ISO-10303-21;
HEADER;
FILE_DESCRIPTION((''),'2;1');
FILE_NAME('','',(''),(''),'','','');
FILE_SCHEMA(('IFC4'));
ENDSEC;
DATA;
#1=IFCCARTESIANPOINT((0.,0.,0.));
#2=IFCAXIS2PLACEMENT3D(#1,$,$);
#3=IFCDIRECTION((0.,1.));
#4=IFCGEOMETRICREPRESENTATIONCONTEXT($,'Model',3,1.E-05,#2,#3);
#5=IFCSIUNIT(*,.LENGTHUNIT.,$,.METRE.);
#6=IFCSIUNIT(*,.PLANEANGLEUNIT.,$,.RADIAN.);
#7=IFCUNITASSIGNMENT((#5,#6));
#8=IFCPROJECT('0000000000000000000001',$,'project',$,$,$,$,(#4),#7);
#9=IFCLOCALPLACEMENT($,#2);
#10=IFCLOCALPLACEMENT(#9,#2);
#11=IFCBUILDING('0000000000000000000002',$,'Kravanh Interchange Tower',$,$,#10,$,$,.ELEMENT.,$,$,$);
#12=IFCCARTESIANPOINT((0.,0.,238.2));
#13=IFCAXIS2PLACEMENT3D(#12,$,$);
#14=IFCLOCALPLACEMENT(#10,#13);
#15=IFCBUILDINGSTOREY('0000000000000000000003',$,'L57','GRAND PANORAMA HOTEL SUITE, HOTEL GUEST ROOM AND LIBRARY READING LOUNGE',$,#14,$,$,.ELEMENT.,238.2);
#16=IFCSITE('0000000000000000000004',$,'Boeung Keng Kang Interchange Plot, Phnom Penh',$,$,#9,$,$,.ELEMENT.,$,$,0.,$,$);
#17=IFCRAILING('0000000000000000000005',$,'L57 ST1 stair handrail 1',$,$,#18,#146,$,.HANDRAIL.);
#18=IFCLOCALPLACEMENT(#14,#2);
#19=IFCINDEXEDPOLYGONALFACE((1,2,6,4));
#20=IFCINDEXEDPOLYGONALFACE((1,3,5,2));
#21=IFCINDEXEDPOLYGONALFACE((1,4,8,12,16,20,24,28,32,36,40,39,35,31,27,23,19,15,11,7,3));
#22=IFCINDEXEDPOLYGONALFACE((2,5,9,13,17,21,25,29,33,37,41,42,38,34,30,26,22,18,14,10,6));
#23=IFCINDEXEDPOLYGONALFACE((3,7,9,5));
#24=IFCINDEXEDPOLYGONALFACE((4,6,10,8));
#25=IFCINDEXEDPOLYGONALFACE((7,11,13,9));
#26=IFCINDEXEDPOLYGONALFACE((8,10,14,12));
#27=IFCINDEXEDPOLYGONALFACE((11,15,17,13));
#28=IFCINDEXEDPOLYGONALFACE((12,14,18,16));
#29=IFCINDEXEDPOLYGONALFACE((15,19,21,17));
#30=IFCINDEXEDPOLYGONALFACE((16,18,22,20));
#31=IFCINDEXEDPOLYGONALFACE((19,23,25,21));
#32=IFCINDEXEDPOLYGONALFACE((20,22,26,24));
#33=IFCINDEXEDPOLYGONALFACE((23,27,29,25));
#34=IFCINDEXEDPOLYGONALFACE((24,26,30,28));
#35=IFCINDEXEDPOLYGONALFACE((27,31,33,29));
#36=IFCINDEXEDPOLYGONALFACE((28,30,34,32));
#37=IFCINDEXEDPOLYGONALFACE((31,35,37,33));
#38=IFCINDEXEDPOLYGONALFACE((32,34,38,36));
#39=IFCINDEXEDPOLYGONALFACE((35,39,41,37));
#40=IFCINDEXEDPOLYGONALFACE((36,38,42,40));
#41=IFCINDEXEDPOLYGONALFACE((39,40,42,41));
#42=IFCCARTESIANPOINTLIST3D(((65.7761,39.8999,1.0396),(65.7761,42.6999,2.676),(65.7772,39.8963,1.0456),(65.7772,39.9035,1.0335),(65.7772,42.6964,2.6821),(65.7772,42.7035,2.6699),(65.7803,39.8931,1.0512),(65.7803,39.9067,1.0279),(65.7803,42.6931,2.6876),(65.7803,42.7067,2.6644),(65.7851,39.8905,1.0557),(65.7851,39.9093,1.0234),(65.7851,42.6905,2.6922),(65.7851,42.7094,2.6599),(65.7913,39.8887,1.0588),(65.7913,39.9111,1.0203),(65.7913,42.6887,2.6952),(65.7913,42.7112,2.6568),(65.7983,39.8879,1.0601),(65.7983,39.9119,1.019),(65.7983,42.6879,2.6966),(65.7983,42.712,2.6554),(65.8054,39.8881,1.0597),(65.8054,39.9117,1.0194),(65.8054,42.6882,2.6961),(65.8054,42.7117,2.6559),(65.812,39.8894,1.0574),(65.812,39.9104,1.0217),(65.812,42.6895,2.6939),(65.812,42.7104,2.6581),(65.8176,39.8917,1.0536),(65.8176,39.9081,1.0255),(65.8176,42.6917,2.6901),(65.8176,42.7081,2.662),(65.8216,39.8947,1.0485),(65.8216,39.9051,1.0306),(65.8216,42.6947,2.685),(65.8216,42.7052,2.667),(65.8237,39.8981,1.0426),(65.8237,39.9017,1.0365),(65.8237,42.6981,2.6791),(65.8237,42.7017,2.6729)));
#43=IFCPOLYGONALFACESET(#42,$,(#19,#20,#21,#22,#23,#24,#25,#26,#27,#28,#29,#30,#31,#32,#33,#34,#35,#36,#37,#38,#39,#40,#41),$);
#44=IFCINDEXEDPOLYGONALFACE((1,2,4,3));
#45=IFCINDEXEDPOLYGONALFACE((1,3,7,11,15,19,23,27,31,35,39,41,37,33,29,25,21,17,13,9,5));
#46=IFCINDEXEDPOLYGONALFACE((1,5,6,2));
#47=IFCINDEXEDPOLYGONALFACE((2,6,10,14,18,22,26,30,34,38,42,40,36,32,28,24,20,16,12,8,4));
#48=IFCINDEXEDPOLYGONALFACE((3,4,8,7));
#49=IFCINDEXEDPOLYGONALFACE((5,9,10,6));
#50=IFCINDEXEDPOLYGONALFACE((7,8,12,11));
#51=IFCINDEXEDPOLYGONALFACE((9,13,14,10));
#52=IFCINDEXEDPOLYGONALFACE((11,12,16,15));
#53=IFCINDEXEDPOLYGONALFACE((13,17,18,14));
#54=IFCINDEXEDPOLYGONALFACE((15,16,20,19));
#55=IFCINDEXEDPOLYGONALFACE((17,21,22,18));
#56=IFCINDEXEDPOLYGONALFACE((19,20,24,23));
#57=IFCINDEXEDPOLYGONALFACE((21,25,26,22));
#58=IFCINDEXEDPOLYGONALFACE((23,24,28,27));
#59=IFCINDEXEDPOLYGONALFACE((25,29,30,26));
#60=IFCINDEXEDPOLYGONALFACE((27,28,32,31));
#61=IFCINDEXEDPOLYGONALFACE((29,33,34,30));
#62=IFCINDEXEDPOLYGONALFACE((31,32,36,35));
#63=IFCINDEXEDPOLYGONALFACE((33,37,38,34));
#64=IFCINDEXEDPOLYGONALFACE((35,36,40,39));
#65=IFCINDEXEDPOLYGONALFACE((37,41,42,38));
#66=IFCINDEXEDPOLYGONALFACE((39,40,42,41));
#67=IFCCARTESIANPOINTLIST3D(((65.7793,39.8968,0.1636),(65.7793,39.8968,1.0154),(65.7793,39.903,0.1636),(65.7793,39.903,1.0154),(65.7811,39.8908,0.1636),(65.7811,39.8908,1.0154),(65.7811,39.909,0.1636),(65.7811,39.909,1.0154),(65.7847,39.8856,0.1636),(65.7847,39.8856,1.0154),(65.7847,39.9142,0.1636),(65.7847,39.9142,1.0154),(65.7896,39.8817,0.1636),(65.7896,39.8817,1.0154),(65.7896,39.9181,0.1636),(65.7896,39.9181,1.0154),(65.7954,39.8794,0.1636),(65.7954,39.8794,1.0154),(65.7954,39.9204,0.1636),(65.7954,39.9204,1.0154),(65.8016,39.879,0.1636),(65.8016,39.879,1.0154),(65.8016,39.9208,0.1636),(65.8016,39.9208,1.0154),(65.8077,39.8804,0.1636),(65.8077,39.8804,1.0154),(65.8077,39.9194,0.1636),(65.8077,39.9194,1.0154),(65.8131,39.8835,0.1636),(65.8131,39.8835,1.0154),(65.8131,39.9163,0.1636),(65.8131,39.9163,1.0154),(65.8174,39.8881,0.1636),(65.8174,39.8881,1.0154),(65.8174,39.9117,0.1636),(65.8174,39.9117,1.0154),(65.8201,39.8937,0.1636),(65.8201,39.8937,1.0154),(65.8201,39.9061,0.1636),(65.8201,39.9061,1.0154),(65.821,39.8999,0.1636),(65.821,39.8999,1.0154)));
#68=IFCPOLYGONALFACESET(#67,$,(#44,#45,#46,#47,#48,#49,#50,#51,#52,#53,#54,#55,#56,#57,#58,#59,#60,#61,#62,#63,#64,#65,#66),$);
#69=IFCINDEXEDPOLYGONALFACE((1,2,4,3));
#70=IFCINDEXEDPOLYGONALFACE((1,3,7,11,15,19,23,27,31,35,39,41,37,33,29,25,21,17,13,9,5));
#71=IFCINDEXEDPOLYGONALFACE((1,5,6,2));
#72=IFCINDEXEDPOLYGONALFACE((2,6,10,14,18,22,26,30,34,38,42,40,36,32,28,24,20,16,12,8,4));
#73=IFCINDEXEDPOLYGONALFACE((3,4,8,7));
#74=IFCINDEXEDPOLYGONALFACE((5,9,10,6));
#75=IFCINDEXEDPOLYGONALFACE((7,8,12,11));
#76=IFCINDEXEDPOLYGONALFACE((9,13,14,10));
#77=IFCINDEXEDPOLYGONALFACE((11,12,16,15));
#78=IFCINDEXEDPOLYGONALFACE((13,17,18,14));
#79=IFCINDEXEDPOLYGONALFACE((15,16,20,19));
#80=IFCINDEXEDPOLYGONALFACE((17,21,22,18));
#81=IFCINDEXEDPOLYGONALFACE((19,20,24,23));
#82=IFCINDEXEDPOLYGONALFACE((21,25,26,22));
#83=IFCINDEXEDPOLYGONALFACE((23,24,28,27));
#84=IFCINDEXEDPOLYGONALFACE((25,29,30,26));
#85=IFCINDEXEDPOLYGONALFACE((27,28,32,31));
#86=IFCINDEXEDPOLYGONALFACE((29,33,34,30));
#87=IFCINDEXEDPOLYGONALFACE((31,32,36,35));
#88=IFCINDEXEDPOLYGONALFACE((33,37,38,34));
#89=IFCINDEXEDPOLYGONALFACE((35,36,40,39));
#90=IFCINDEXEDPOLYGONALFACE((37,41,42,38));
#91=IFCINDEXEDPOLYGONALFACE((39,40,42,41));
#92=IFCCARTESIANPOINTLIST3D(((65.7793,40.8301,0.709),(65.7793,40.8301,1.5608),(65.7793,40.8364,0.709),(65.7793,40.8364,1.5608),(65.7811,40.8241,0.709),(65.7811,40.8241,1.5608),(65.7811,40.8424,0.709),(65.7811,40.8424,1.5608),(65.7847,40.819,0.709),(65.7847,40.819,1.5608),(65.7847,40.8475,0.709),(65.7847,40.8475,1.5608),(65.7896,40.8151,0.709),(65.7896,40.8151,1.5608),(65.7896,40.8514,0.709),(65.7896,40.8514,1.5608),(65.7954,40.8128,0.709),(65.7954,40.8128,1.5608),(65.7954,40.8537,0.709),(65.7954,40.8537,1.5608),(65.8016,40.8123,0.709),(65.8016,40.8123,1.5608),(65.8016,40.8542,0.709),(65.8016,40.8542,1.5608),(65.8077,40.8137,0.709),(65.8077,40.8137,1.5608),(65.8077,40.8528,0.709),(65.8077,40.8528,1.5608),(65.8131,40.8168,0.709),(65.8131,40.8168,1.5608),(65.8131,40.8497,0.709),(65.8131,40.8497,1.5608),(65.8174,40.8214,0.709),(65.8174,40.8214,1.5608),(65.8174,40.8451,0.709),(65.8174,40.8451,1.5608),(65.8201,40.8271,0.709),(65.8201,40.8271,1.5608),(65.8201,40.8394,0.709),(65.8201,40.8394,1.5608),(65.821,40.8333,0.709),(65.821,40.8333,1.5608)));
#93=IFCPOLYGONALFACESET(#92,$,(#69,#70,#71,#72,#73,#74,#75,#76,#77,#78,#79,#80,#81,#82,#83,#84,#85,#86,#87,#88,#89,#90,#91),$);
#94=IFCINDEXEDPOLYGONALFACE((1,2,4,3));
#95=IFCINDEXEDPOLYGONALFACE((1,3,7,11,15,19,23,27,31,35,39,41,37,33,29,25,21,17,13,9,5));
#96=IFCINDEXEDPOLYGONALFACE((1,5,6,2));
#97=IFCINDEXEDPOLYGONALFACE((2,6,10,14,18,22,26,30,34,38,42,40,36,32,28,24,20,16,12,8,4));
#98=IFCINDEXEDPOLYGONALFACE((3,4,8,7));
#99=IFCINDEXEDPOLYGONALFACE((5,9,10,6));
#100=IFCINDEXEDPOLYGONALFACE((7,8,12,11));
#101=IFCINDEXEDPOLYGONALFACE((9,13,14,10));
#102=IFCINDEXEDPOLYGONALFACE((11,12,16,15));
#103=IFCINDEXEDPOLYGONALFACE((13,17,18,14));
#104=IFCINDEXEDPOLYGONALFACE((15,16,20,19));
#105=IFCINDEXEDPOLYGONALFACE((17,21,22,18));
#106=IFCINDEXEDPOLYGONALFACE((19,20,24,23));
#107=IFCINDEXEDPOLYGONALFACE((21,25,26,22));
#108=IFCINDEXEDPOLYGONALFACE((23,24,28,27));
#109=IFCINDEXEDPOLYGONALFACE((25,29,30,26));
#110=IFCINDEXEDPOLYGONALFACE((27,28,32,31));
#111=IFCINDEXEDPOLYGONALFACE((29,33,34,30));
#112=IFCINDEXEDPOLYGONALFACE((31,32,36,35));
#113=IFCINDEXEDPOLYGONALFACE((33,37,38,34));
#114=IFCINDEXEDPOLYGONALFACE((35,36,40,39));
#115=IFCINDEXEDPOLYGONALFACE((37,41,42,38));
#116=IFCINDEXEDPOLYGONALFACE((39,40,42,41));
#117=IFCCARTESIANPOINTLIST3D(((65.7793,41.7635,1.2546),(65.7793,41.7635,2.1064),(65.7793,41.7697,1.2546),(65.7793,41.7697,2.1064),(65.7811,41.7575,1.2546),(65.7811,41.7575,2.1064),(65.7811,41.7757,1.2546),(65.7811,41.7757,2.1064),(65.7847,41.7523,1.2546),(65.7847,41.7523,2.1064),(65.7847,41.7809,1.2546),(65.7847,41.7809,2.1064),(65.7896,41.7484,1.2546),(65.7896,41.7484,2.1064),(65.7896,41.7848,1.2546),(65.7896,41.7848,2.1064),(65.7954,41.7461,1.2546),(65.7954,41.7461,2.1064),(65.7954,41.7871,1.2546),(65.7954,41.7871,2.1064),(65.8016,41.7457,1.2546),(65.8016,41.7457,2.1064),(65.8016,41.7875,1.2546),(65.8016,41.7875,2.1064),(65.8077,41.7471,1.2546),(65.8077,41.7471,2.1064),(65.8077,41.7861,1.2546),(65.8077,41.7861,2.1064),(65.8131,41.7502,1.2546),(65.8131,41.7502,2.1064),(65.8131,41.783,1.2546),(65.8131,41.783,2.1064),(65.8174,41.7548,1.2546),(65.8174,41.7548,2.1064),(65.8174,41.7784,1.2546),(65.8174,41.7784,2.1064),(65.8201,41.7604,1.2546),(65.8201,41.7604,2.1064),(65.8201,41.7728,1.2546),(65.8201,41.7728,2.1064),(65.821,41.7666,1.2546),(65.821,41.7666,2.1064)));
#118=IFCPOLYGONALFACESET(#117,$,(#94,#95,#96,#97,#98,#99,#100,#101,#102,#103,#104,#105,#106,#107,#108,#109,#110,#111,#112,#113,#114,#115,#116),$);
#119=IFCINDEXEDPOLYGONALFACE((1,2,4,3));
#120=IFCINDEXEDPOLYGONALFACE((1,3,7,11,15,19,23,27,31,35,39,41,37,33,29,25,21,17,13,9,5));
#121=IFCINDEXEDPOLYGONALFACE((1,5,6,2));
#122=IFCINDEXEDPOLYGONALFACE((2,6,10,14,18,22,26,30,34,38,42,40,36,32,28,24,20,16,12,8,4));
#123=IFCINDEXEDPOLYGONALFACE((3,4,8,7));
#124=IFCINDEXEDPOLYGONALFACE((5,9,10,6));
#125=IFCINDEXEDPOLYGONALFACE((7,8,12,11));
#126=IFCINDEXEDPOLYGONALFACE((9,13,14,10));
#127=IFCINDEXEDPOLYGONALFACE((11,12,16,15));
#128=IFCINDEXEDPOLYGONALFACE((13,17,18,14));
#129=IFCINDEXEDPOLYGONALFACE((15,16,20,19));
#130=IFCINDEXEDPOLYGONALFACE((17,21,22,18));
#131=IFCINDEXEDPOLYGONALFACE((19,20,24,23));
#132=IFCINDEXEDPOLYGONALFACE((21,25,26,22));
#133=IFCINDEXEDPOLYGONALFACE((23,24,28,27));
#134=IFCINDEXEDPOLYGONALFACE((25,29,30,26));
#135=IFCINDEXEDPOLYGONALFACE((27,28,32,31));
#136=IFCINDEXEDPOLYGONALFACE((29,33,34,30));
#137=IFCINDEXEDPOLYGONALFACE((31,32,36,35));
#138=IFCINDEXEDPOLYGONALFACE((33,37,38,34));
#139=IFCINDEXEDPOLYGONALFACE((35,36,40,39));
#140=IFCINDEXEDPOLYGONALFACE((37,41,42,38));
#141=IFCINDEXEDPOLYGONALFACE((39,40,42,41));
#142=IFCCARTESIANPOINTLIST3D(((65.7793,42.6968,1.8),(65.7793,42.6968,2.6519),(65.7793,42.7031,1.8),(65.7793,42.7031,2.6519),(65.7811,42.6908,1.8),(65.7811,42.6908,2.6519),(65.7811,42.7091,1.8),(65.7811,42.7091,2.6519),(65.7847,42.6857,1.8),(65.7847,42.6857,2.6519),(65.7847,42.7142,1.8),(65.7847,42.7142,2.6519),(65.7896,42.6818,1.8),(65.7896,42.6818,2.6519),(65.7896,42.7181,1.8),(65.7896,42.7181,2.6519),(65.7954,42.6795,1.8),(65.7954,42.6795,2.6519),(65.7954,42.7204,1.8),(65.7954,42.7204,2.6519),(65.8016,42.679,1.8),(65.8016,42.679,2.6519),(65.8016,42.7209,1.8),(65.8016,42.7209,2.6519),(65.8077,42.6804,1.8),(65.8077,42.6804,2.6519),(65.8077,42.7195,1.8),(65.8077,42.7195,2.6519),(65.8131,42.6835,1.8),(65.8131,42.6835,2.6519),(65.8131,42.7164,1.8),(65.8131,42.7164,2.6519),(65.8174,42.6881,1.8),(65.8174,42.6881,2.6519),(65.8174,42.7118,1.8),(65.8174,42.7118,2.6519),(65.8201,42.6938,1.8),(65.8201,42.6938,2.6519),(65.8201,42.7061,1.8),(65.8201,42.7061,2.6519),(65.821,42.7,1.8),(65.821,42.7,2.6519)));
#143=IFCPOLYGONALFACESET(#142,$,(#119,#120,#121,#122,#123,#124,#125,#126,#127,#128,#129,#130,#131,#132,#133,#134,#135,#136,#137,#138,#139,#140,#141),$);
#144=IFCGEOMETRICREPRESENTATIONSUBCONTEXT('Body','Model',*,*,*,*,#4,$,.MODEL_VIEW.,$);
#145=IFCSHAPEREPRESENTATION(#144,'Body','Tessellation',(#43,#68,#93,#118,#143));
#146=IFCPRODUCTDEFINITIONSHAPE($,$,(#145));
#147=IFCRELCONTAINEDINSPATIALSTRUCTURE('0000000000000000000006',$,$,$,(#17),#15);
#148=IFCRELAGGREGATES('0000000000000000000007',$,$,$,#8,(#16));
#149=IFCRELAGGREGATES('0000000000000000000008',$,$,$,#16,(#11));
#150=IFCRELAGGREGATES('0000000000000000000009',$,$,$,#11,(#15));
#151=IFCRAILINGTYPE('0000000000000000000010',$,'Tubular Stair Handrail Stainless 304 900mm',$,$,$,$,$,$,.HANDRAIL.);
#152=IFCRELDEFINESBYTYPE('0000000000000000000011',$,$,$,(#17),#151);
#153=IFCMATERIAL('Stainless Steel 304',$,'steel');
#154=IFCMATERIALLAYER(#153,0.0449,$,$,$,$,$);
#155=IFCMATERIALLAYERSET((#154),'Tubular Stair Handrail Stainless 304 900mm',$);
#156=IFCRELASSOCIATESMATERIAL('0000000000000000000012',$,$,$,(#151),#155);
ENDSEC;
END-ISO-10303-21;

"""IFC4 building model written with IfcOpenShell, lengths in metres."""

from ifc_helpers import new_model, si_unit, direction, frame, origin, origin_2d, place, context, subcontext, project, spatial, circle, extrude, material, layer, layer_set, type_object, element, save


model = new_model("IFC4")

# Units and contexts
model_context = context("Model", 3, precision=1e-05, world=origin(), true_north=direction((0.0, 1.0)))
body_context = subcontext(model_context, "Body", "Model", "MODEL_VIEW")
ifc_project = project(units=[si_unit("LENGTHUNIT", "METRE"), si_unit("PLANEANGLEUNIT", "RADIAN")], contexts=[model_context])

# Site, building, storey
site_placement = place(None, origin())
site = spatial("IfcSite", under=ifc_project, at=site_placement, Name="Boeung Keng Kang Interchange Plot, Phnom Penh", CompositionType="ELEMENT", RefElevation=0.0)
building_placement = place(site_placement, origin())
building = spatial("IfcBuilding", under=site, at=building_placement, Name="Kravanh Interchange Tower", CompositionType="ELEMENT")
storey_placement = place(building_placement, frame((0.0, 0.0, 238.2)))
storey = spatial("IfcBuildingStorey", under=building, at=storey_placement, Name="L57", Description="GRAND PANORAMA HOTEL SUITE, HOTEL GUEST ROOM AND LIBRARY READING LOUNGE", CompositionType="ELEMENT", Elevation=238.2)

# Railing
ifc_material_1 = material(Name="Stainless Steel 304", Category="steel")
ifc_layer_1 = layer(ifc_material_1, 0.0449)
ifc_layer_set_1 = layer_set([ifc_layer_1], Name="Tubular Stair Handrail Stainless 304 900mm")
railing_type_1 = type_object("IfcRailingType", Name="Tubular Stair Handrail Stainless 304 900mm", PredefinedType="HANDRAIL", material=ifc_layer_set_1)
railing_1_placement = place(storey_placement, frame((65.8, 39.8999, 0.1636)))
element("IfcRailing", 1, at=railing_1_placement, inside=storey, type_object=railing_type_1, Name="L57 ST1 stair handrail 1", PredefinedType="HANDRAIL", context=body_context, shape_type="SweptSolid", body=[
    extrude(circle(Radius=0.0239, at=origin_2d()), frame((0.0, 0.0, 0.876), z_axis=(0.0, 0.863361, 0.504587), x_axis=(-1.0, 0.0, 0.0)), (0.0, 0.0, 1.0), 3.2432),
    extrude(circle(Radius=0.021, at=origin_2d()), origin(), (0.0, 0.0, 1.0), 0.8518),
    extrude(circle(Radius=0.021, at=origin_2d()), frame((0.0, 0.9333, 0.5454)), (0.0, 0.0, 1.0), 0.8518),
    extrude(circle(Radius=0.021, at=origin_2d()), frame((0.0, 1.8667, 1.0911)), (0.0, 0.0, 1.0), 0.8518),
    extrude(circle(Radius=0.021, at=origin_2d()), frame((0.0, 2.8, 1.6365)), (0.0, 0.0, 1.0), 0.8518),
])

save(model, "model.ifc")
